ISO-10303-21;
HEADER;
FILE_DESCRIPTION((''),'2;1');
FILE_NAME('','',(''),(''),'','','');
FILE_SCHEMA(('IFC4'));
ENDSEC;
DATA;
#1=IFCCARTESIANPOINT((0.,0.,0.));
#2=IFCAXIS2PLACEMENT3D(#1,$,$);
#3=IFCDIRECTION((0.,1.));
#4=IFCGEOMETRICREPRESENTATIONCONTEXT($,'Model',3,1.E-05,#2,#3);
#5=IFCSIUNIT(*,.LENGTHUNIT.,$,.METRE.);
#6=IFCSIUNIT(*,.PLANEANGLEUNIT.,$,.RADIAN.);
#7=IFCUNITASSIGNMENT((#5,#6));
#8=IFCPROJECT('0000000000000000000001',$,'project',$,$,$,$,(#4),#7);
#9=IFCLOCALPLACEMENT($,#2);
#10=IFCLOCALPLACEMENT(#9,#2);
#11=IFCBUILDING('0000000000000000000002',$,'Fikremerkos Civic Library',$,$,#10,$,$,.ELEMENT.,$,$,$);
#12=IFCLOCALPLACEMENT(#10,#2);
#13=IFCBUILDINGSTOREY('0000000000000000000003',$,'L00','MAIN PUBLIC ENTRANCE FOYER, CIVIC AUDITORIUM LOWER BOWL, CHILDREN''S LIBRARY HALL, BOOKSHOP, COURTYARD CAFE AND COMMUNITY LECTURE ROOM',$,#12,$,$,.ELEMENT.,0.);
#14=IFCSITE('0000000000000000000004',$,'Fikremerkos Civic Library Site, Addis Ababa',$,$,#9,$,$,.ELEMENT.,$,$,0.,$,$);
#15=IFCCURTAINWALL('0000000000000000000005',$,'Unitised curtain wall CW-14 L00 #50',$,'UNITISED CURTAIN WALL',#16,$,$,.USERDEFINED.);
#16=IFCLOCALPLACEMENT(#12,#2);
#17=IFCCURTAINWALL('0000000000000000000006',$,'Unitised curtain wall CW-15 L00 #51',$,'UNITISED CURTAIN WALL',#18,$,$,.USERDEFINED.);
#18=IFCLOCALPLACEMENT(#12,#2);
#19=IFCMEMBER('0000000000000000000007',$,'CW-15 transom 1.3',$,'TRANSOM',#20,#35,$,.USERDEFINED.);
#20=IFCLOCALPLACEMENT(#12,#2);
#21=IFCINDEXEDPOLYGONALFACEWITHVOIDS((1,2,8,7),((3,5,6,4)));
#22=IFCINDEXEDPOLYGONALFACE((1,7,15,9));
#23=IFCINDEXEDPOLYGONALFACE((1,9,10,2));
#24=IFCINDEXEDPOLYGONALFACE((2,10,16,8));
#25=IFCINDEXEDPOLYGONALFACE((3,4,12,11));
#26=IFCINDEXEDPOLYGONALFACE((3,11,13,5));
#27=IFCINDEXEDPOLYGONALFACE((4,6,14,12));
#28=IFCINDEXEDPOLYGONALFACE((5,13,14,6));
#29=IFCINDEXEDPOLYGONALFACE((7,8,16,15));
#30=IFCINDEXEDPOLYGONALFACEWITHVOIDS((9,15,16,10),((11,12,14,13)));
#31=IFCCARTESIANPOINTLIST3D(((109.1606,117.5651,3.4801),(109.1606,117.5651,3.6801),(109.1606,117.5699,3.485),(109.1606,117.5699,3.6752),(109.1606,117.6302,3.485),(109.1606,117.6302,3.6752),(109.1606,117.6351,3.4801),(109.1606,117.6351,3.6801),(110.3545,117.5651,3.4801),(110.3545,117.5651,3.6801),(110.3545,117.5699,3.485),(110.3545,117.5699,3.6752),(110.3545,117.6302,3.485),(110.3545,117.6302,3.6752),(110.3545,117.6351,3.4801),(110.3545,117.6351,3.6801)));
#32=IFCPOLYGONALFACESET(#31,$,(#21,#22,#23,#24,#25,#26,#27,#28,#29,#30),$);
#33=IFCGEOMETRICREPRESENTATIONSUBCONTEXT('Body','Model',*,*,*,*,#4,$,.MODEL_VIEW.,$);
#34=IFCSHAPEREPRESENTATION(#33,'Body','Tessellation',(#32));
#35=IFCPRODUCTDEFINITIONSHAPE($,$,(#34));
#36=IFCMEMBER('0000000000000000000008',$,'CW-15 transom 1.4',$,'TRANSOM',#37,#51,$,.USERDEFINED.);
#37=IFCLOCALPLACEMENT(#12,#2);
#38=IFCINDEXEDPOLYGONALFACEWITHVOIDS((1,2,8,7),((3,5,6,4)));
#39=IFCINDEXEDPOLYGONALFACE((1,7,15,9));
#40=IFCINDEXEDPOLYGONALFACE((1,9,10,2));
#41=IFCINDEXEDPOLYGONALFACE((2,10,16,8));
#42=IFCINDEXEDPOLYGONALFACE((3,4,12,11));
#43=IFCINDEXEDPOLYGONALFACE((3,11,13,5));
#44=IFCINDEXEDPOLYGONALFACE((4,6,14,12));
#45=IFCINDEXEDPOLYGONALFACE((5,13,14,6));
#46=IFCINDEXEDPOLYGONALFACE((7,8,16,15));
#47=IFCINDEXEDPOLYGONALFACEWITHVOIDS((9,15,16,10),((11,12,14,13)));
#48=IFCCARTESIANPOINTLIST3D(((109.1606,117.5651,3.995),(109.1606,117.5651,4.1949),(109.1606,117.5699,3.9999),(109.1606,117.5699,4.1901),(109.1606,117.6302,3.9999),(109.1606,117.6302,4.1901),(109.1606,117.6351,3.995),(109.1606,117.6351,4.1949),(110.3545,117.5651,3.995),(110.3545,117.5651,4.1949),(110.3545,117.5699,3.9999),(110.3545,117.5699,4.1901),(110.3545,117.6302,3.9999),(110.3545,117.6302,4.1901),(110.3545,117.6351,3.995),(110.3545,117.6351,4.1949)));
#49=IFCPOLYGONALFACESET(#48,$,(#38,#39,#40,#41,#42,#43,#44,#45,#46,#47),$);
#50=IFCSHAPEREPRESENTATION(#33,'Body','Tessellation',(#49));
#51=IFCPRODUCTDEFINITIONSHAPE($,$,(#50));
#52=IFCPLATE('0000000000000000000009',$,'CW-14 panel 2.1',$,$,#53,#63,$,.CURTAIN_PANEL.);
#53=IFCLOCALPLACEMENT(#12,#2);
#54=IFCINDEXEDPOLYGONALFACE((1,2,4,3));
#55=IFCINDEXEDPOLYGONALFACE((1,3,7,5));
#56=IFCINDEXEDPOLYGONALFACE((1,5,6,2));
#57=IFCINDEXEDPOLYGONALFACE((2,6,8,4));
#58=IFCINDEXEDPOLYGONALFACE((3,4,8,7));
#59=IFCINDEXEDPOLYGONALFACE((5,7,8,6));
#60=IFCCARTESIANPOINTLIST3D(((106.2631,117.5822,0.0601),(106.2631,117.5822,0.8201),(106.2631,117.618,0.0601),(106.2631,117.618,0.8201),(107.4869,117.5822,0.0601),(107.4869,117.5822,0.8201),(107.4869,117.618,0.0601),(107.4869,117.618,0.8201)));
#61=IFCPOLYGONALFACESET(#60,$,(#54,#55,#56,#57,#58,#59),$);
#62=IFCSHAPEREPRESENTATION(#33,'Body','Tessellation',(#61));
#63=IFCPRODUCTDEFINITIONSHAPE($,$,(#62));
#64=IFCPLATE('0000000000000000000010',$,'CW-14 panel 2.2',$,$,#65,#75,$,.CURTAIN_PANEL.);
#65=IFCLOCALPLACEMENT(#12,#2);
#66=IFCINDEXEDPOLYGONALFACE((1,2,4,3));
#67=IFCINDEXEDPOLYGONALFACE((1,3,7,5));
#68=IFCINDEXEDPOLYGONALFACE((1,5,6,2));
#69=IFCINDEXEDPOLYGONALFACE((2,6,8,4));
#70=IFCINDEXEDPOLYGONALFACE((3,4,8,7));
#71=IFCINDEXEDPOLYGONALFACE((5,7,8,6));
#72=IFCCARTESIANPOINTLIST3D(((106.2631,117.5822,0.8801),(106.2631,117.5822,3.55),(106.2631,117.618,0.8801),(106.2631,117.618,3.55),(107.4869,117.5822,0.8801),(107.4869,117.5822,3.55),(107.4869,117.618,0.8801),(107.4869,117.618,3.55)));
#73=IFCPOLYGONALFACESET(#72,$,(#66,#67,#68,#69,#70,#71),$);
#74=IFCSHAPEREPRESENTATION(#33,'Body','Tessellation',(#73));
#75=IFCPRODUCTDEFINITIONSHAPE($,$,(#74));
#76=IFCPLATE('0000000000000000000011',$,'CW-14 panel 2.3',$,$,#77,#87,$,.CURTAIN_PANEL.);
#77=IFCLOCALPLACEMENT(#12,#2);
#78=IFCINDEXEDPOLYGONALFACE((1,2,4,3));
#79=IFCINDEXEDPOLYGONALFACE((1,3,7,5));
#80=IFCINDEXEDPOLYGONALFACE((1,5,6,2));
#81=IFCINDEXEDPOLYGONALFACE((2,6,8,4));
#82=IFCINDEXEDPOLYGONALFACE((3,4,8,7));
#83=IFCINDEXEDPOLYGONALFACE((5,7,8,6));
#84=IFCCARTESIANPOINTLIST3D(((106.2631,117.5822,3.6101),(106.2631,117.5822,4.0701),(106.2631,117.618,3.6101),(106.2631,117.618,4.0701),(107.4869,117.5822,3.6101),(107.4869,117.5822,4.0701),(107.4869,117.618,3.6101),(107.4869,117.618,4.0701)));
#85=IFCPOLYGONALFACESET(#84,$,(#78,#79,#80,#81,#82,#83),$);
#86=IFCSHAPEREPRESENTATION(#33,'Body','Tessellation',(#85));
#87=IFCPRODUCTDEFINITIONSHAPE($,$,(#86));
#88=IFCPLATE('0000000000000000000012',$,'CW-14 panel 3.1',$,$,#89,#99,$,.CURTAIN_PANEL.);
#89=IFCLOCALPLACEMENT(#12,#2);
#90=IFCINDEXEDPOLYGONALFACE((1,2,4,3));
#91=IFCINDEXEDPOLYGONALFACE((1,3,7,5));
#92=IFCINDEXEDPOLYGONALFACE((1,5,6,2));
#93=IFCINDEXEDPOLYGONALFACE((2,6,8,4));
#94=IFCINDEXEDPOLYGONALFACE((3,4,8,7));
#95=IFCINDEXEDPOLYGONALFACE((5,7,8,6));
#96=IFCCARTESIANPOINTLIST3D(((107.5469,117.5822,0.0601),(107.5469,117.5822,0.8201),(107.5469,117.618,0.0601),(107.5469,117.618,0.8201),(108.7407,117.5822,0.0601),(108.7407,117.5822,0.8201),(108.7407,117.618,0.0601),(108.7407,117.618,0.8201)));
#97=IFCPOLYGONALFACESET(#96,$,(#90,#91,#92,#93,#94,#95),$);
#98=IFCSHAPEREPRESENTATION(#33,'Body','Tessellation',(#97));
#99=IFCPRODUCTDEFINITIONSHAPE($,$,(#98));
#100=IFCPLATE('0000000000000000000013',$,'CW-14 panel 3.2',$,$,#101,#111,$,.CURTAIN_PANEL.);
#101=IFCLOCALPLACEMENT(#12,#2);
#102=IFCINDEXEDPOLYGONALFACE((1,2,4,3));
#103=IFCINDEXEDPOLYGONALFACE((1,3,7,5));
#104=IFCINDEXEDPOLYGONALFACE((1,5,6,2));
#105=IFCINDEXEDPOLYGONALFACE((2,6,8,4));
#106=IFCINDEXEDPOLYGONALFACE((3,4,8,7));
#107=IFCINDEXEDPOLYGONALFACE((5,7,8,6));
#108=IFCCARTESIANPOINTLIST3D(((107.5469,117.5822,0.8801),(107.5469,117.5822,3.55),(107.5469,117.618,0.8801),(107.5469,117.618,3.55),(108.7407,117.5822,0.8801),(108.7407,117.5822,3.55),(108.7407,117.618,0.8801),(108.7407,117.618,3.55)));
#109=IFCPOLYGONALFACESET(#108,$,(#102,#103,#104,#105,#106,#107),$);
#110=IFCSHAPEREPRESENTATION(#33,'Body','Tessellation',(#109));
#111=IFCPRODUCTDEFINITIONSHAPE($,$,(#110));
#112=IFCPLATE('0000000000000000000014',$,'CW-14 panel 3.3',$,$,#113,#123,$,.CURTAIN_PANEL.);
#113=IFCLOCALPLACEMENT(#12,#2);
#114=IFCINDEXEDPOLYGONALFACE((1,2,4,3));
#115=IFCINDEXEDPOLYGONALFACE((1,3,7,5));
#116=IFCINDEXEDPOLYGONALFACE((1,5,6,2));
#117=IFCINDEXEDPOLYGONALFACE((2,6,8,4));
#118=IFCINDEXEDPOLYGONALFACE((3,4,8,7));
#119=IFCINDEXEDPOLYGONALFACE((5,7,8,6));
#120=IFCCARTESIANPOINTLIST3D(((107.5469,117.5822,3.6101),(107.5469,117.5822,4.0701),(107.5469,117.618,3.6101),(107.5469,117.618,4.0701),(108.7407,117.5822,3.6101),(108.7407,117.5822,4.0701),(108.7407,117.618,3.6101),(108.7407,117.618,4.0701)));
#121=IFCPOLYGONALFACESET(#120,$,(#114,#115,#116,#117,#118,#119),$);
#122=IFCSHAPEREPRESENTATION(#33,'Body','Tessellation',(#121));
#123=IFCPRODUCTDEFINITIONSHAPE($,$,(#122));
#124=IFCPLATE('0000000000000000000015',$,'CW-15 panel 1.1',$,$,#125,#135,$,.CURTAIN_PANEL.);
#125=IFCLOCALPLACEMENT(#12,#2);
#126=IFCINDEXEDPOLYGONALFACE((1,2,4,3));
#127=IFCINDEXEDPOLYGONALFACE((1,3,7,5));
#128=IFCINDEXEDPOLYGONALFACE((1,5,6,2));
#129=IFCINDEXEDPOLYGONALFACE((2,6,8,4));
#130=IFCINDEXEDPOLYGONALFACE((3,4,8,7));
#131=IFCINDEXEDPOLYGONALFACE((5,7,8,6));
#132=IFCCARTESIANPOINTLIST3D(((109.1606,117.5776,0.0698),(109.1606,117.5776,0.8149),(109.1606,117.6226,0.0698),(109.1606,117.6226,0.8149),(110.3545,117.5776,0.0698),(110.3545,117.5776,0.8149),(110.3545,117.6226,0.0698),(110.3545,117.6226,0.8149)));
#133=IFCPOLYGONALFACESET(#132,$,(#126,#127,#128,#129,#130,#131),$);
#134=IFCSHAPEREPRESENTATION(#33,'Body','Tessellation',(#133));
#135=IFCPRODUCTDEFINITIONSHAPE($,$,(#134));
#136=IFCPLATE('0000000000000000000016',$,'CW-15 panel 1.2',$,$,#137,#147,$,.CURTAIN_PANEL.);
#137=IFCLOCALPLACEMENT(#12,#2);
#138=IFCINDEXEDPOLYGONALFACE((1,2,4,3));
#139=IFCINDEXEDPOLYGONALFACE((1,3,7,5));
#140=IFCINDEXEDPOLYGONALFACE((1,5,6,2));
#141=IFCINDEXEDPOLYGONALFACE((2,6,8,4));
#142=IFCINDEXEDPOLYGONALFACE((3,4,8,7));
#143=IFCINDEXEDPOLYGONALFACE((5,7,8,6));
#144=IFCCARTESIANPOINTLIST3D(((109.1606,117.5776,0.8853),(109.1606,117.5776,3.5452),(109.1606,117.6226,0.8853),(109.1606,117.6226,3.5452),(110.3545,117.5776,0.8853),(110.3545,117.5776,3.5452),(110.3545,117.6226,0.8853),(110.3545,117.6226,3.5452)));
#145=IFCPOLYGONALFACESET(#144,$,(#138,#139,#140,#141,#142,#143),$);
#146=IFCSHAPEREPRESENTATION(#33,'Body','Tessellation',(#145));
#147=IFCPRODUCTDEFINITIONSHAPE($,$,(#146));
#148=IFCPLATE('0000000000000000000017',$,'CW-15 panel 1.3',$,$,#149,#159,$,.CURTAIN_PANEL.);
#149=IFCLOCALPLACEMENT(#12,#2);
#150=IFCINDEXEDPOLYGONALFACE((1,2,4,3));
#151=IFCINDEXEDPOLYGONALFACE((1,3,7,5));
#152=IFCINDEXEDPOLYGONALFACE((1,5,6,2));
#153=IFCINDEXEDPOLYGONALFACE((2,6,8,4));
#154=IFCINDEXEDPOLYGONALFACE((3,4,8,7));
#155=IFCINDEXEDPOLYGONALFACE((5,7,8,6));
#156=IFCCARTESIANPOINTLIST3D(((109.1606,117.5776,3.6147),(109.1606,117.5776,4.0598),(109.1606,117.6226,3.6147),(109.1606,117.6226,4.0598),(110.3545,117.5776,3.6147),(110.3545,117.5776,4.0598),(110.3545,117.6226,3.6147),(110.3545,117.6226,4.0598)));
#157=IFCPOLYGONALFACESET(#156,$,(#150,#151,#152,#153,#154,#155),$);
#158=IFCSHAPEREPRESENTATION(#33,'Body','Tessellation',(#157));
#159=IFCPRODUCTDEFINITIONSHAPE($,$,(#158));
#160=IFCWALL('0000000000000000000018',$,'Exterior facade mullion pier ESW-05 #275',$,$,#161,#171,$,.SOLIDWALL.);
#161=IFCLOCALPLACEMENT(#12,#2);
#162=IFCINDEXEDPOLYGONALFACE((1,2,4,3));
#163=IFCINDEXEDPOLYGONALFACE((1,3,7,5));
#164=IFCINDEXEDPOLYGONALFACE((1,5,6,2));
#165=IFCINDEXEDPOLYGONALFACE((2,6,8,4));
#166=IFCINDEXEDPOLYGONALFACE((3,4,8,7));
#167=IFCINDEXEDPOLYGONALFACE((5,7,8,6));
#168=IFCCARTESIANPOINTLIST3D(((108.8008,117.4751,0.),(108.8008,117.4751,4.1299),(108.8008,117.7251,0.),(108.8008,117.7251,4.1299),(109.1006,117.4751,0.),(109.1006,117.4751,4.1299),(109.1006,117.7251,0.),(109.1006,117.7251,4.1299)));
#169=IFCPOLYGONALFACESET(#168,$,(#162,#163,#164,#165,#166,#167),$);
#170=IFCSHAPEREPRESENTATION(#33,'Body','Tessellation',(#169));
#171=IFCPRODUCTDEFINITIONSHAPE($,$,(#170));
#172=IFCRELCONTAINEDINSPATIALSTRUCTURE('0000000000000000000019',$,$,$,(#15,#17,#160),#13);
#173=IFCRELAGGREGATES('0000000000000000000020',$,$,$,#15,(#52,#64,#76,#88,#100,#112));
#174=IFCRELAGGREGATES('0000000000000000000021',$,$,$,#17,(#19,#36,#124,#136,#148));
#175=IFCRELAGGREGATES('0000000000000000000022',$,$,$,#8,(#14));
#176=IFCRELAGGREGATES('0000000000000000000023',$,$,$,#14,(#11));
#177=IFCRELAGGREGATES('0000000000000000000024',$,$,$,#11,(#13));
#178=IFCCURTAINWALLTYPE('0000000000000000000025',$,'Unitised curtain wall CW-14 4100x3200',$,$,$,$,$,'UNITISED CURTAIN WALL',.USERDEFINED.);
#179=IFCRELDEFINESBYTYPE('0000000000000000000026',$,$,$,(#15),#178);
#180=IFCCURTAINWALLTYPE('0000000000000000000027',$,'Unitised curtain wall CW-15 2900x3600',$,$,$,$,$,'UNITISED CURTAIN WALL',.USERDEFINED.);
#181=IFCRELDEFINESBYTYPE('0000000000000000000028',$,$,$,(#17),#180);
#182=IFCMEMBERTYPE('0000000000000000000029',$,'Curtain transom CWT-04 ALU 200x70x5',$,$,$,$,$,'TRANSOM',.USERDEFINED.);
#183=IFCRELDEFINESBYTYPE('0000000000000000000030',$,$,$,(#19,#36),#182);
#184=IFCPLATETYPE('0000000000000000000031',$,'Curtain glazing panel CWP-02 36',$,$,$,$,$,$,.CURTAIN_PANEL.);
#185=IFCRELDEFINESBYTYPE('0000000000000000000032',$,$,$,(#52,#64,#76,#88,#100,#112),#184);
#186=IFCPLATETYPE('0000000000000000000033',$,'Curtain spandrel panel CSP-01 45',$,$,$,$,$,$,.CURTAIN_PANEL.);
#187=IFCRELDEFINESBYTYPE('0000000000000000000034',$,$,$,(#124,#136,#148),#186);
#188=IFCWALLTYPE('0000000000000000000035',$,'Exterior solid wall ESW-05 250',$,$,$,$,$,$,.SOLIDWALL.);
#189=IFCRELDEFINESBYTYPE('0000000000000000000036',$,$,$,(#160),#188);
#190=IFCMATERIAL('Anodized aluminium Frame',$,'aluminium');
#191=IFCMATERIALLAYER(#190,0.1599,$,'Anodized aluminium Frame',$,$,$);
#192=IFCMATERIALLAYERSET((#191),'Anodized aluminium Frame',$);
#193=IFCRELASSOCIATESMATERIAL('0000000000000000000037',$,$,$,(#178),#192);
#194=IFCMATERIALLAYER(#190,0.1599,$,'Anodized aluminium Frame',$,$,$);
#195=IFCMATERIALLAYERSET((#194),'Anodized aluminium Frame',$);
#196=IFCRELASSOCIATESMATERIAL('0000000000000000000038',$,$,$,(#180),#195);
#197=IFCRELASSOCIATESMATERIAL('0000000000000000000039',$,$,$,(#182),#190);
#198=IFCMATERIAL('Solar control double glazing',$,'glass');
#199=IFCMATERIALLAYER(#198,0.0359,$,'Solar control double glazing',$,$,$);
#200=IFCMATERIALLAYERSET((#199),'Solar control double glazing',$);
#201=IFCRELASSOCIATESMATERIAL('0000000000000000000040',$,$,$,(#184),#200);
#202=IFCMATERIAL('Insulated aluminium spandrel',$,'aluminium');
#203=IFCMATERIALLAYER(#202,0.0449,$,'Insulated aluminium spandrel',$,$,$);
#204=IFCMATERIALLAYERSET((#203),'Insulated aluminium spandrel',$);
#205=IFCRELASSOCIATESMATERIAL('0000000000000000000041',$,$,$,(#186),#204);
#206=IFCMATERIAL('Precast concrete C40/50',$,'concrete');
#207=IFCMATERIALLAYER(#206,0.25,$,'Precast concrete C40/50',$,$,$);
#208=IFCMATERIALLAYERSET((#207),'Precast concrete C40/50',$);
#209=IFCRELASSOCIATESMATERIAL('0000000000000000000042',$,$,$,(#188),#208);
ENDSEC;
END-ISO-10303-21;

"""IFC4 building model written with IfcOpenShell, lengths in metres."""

from ifc_helpers import new_model, si_unit, direction, frame, frame_2d, origin, origin_2d, place, context, subcontext, project, spatial, rectangle, hollow_rectangle, extrude, material, layer, layer_set, material_profile, profile_set, type_object, element, aggregate, save


model = new_model("IFC4")

# Units and contexts
model_context = context("Model", 3, precision=1e-05, world=origin(), true_north=direction((0.0, 1.0)))
body_context = subcontext(model_context, "Body", "Model", "MODEL_VIEW")
ifc_project = project(units=[si_unit("LENGTHUNIT", "METRE"), si_unit("PLANEANGLEUNIT", "RADIAN")], contexts=[model_context])

# Site, building, storey
site_placement = place(None, origin())
site = spatial("IfcSite", under=ifc_project, at=site_placement, Name="Fikremerkos Civic Library Site, Addis Ababa", CompositionType="ELEMENT", RefElevation=0.0)
building_placement = place(site_placement, origin())
building = spatial("IfcBuilding", under=site, at=building_placement, Name="Fikremerkos Civic Library", CompositionType="ELEMENT")
storey_placement = place(building_placement, origin())
storey = spatial("IfcBuildingStorey", under=building, at=storey_placement, Name="L00", Description="MAIN PUBLIC ENTRANCE FOYER, CIVIC AUDITORIUM LOWER BOWL, CHILDREN'S LIBRARY HALL, BOOKSHOP, COURTYARD CAFE AND COMMUNITY LECTURE ROOM", CompositionType="ELEMENT", Elevation=0.0)

# Curtain wall
ifc_material_1 = material(Name="Anodized aluminium Frame", Category="aluminium")
ifc_layer_1 = layer(ifc_material_1, 0.1599, Name="Anodized aluminium Frame")
ifc_layer_set_1 = layer_set([ifc_layer_1], Name="Anodized aluminium Frame")
curtain_wall_type_1 = type_object("IfcCurtainWallType", Name="Unitised curtain wall CW-14 4100x3200", ElementType="UNITISED CURTAIN WALL", PredefinedType="USERDEFINED", material=ifc_layer_set_1)
curtain_wall_1_placement = place(storey_placement, origin())
curtain_wall_1 = element("IfcCurtainWall", 1, at=curtain_wall_1_placement, inside=storey, type_object=curtain_wall_type_1, Name="Unitised curtain wall CW-14 L00 #50", ObjectType="UNITISED CURTAIN WALL", PredefinedType="USERDEFINED")

# Curtain wall
ifc_layer_2 = layer(ifc_material_1, 0.1599, Name="Anodized aluminium Frame")
ifc_layer_set_2 = layer_set([ifc_layer_2], Name="Anodized aluminium Frame")
curtain_wall_type_2 = type_object("IfcCurtainWallType", Name="Unitised curtain wall CW-15 2900x3600", ElementType="UNITISED CURTAIN WALL", PredefinedType="USERDEFINED", material=ifc_layer_set_2)
curtain_wall_2_placement = place(storey_placement, origin())
curtain_wall_2 = element("IfcCurtainWall", 2, at=curtain_wall_2_placement, inside=storey, type_object=curtain_wall_type_2, Name="Unitised curtain wall CW-15 L00 #51", ObjectType="UNITISED CURTAIN WALL", PredefinedType="USERDEFINED")

# Members
ifc_material_profile_1 = material_profile(ifc_material_1, hollow_rectangle(XDim=0.0701, YDim=0.2, WallThickness=0.0049, at=origin_2d()), Name="ALU 200x70x5")
ifc_profile_set_1 = profile_set([ifc_material_profile_1], Name="Anodized aluminium Frame")
member_type_1 = type_object("IfcMemberType", Name="Curtain transom CWT-04 ALU 200x70x5", ElementType="TRANSOM", PredefinedType="USERDEFINED", material=ifc_profile_set_1)
member_1_placement = place(storey_placement, frame((109.1606, 117.6001, 3.5801), z_axis=(1.0, 0.0, 0.0), x_axis=(0.0, 1.0, 0.0)))
member_1 = element("IfcMember", 3, at=member_1_placement, type_object=member_type_1, Name="CW-15 transom 1.3", ObjectType="TRANSOM", PredefinedType="USERDEFINED", context=body_context, shape_type="SweptSolid", body=[
    extrude(hollow_rectangle(XDim=0.0701, YDim=0.2, WallThickness=0.0049, at=origin_2d()), origin(), (0.0, 0.0, 1.0), 1.1938),
])
member_2_placement = place(storey_placement, frame((109.1606, 117.6001, 4.095), z_axis=(1.0, 0.0, 0.0), x_axis=(0.0, 1.0, 0.0)))
member_2 = element("IfcMember", 4, at=member_2_placement, type_object=member_type_1, Name="CW-15 transom 1.4", ObjectType="TRANSOM", PredefinedType="USERDEFINED", context=body_context, shape_type="SweptSolid", body=[
    extrude(hollow_rectangle(XDim=0.0701, YDim=0.2, WallThickness=0.0049, at=origin_2d()), origin(), (0.0, 0.0, 1.0), 1.1938),
])

# Plates
ifc_material_2 = material(Name="Solar control double glazing", Category="glass")
ifc_layer_3 = layer(ifc_material_2, 0.0359, Name="Solar control double glazing")
ifc_layer_set_3 = layer_set([ifc_layer_3], Name="Solar control double glazing")
plate_type_1 = type_object("IfcPlateType", Name="Curtain glazing panel CWP-02 36", PredefinedType="CURTAIN_PANEL", material=ifc_layer_set_3)
plate_1_placement = place(storey_placement, frame((106.875, 117.6001, 0.0601), z_axis=(0.0, 0.0, 1.0), x_axis=(1.0, 0.0, 0.0)))
plate_1 = element("IfcPlate", 5, at=plate_1_placement, type_object=plate_type_1, Name="CW-14 panel 2.1", PredefinedType="CURTAIN_PANEL", context=body_context, shape_type="SweptSolid", body=[
    extrude(rectangle(XDim=1.2239, YDim=0.0359, at=origin_2d()), origin(), (0.0, 0.0, 1.0), 0.76),
])
plate_2_placement = place(storey_placement, frame((106.875, 117.6001, 0.8801), z_axis=(0.0, 0.0, 1.0), x_axis=(1.0, 0.0, 0.0)))
plate_2 = element("IfcPlate", 6, at=plate_2_placement, type_object=plate_type_1, Name="CW-14 panel 2.2", PredefinedType="CURTAIN_PANEL", context=body_context, shape_type="SweptSolid", body=[
    extrude(rectangle(XDim=1.2239, YDim=0.0359, at=origin_2d()), origin(), (0.0, 0.0, 1.0), 2.6699),
])
plate_3_placement = place(storey_placement, frame((106.875, 117.6001, 3.6101), z_axis=(0.0, 0.0, 1.0), x_axis=(1.0, 0.0, 0.0)))
plate_3 = element("IfcPlate", 7, at=plate_3_placement, type_object=plate_type_1, Name="CW-14 panel 2.3", PredefinedType="CURTAIN_PANEL", context=body_context, shape_type="SweptSolid", body=[
    extrude(rectangle(XDim=1.2239, YDim=0.0359, at=origin_2d()), origin(), (0.0, 0.0, 1.0), 0.46),
])
plate_4_placement = place(storey_placement, frame((108.1438, 117.6001, 0.0601), z_axis=(0.0, 0.0, 1.0), x_axis=(1.0, 0.0, 0.0)))
plate_4 = element("IfcPlate", 8, at=plate_4_placement, type_object=plate_type_1, Name="CW-14 panel 3.1", PredefinedType="CURTAIN_PANEL", context=body_context, shape_type="SweptSolid", body=[
    extrude(rectangle(XDim=1.1938, YDim=0.0359, at=origin_2d()), origin(), (0.0, 0.0, 1.0), 0.76),
])
plate_5_placement = place(storey_placement, frame((108.1438, 117.6001, 0.8801), z_axis=(0.0, 0.0, 1.0), x_axis=(1.0, 0.0, 0.0)))
plate_5 = element("IfcPlate", 9, at=plate_5_placement, type_object=plate_type_1, Name="CW-14 panel 3.2", PredefinedType="CURTAIN_PANEL", context=body_context, shape_type="SweptSolid", body=[
    extrude(rectangle(XDim=1.1938, YDim=0.0359, at=origin_2d()), origin(), (0.0, 0.0, 1.0), 2.6699),
])
plate_6_placement = place(storey_placement, frame((108.1438, 117.6001, 3.6101), z_axis=(0.0, 0.0, 1.0), x_axis=(1.0, 0.0, 0.0)))
plate_6 = element("IfcPlate", 10, at=plate_6_placement, type_object=plate_type_1, Name="CW-14 panel 3.3", PredefinedType="CURTAIN_PANEL", context=body_context, shape_type="SweptSolid", body=[
    extrude(rectangle(XDim=1.1938, YDim=0.0359, at=origin_2d()), origin(), (0.0, 0.0, 1.0), 0.46),
])
aggregate(curtain_wall_1, [plate_1, plate_2, plate_3, plate_4, plate_5, plate_6])
ifc_material_3 = material(Name="Insulated aluminium spandrel", Category="aluminium")
ifc_layer_4 = layer(ifc_material_3, 0.0449, Name="Insulated aluminium spandrel")
ifc_layer_set_4 = layer_set([ifc_layer_4], Name="Insulated aluminium spandrel")
plate_type_2 = type_object("IfcPlateType", Name="Curtain spandrel panel CSP-01 45", PredefinedType="CURTAIN_PANEL", material=ifc_layer_set_4)
plate_7_placement = place(storey_placement, frame((109.7576, 117.6001, 0.0698), z_axis=(0.0, 0.0, 1.0), x_axis=(1.0, 0.0, 0.0)))
plate_7 = element("IfcPlate", 11, at=plate_7_placement, type_object=plate_type_2, Name="CW-15 panel 1.1", PredefinedType="CURTAIN_PANEL", context=body_context, shape_type="SweptSolid", body=[
    extrude(rectangle(XDim=1.1938, YDim=0.0449, at=origin_2d()), origin(), (0.0, 0.0, 1.0), 0.7451),
])
plate_8_placement = place(storey_placement, frame((109.7576, 117.6001, 0.8853), z_axis=(0.0, 0.0, 1.0), x_axis=(1.0, 0.0, 0.0)))
plate_8 = element("IfcPlate", 12, at=plate_8_placement, type_object=plate_type_2, Name="CW-15 panel 1.2", PredefinedType="CURTAIN_PANEL", context=body_context, shape_type="SweptSolid", body=[
    extrude(rectangle(XDim=1.1938, YDim=0.0449, at=origin_2d()), origin(), (0.0, 0.0, 1.0), 2.6599),
])
plate_9_placement = place(storey_placement, frame((109.7576, 117.6001, 3.6147), z_axis=(0.0, 0.0, 1.0), x_axis=(1.0, 0.0, 0.0)))
plate_9 = element("IfcPlate", 13, at=plate_9_placement, type_object=plate_type_2, Name="CW-15 panel 1.3", PredefinedType="CURTAIN_PANEL", context=body_context, shape_type="SweptSolid", body=[
    extrude(rectangle(XDim=1.1938, YDim=0.0449, at=origin_2d()), origin(), (0.0, 0.0, 1.0), 0.4451),
])
aggregate(curtain_wall_2, [member_1, member_2, plate_7, plate_8, plate_9])

# Wall
ifc_material_4 = material(Name="Precast concrete C40/50", Category="concrete")
ifc_layer_5 = layer(ifc_material_4, 0.25, Name="Precast concrete C40/50")
ifc_layer_set_5 = layer_set([ifc_layer_5], Name="Precast concrete C40/50")
wall_type = type_object("IfcWallType", Name="Exterior solid wall ESW-05 250", PredefinedType="SOLIDWALL", material=ifc_layer_set_5)
wall_placement = place(storey_placement, frame((108.8008, 117.6001, 0.0), z_axis=(0.0, 0.0, 1.0), x_axis=(1.0, 0.0, 0.0)))
element("IfcWall", 14, at=wall_placement, inside=storey, type_object=wall_type, Name="Exterior facade mullion pier ESW-05 #275", PredefinedType="SOLIDWALL", context=body_context, shape_type="SweptSolid", body=[
    extrude(rectangle(XDim=0.2998, YDim=0.25, at=frame_2d((0.1499, 0.0))), origin(), (0.0, 0.0, 1.0), 4.1299),
])

save(model, "model.ifc")
